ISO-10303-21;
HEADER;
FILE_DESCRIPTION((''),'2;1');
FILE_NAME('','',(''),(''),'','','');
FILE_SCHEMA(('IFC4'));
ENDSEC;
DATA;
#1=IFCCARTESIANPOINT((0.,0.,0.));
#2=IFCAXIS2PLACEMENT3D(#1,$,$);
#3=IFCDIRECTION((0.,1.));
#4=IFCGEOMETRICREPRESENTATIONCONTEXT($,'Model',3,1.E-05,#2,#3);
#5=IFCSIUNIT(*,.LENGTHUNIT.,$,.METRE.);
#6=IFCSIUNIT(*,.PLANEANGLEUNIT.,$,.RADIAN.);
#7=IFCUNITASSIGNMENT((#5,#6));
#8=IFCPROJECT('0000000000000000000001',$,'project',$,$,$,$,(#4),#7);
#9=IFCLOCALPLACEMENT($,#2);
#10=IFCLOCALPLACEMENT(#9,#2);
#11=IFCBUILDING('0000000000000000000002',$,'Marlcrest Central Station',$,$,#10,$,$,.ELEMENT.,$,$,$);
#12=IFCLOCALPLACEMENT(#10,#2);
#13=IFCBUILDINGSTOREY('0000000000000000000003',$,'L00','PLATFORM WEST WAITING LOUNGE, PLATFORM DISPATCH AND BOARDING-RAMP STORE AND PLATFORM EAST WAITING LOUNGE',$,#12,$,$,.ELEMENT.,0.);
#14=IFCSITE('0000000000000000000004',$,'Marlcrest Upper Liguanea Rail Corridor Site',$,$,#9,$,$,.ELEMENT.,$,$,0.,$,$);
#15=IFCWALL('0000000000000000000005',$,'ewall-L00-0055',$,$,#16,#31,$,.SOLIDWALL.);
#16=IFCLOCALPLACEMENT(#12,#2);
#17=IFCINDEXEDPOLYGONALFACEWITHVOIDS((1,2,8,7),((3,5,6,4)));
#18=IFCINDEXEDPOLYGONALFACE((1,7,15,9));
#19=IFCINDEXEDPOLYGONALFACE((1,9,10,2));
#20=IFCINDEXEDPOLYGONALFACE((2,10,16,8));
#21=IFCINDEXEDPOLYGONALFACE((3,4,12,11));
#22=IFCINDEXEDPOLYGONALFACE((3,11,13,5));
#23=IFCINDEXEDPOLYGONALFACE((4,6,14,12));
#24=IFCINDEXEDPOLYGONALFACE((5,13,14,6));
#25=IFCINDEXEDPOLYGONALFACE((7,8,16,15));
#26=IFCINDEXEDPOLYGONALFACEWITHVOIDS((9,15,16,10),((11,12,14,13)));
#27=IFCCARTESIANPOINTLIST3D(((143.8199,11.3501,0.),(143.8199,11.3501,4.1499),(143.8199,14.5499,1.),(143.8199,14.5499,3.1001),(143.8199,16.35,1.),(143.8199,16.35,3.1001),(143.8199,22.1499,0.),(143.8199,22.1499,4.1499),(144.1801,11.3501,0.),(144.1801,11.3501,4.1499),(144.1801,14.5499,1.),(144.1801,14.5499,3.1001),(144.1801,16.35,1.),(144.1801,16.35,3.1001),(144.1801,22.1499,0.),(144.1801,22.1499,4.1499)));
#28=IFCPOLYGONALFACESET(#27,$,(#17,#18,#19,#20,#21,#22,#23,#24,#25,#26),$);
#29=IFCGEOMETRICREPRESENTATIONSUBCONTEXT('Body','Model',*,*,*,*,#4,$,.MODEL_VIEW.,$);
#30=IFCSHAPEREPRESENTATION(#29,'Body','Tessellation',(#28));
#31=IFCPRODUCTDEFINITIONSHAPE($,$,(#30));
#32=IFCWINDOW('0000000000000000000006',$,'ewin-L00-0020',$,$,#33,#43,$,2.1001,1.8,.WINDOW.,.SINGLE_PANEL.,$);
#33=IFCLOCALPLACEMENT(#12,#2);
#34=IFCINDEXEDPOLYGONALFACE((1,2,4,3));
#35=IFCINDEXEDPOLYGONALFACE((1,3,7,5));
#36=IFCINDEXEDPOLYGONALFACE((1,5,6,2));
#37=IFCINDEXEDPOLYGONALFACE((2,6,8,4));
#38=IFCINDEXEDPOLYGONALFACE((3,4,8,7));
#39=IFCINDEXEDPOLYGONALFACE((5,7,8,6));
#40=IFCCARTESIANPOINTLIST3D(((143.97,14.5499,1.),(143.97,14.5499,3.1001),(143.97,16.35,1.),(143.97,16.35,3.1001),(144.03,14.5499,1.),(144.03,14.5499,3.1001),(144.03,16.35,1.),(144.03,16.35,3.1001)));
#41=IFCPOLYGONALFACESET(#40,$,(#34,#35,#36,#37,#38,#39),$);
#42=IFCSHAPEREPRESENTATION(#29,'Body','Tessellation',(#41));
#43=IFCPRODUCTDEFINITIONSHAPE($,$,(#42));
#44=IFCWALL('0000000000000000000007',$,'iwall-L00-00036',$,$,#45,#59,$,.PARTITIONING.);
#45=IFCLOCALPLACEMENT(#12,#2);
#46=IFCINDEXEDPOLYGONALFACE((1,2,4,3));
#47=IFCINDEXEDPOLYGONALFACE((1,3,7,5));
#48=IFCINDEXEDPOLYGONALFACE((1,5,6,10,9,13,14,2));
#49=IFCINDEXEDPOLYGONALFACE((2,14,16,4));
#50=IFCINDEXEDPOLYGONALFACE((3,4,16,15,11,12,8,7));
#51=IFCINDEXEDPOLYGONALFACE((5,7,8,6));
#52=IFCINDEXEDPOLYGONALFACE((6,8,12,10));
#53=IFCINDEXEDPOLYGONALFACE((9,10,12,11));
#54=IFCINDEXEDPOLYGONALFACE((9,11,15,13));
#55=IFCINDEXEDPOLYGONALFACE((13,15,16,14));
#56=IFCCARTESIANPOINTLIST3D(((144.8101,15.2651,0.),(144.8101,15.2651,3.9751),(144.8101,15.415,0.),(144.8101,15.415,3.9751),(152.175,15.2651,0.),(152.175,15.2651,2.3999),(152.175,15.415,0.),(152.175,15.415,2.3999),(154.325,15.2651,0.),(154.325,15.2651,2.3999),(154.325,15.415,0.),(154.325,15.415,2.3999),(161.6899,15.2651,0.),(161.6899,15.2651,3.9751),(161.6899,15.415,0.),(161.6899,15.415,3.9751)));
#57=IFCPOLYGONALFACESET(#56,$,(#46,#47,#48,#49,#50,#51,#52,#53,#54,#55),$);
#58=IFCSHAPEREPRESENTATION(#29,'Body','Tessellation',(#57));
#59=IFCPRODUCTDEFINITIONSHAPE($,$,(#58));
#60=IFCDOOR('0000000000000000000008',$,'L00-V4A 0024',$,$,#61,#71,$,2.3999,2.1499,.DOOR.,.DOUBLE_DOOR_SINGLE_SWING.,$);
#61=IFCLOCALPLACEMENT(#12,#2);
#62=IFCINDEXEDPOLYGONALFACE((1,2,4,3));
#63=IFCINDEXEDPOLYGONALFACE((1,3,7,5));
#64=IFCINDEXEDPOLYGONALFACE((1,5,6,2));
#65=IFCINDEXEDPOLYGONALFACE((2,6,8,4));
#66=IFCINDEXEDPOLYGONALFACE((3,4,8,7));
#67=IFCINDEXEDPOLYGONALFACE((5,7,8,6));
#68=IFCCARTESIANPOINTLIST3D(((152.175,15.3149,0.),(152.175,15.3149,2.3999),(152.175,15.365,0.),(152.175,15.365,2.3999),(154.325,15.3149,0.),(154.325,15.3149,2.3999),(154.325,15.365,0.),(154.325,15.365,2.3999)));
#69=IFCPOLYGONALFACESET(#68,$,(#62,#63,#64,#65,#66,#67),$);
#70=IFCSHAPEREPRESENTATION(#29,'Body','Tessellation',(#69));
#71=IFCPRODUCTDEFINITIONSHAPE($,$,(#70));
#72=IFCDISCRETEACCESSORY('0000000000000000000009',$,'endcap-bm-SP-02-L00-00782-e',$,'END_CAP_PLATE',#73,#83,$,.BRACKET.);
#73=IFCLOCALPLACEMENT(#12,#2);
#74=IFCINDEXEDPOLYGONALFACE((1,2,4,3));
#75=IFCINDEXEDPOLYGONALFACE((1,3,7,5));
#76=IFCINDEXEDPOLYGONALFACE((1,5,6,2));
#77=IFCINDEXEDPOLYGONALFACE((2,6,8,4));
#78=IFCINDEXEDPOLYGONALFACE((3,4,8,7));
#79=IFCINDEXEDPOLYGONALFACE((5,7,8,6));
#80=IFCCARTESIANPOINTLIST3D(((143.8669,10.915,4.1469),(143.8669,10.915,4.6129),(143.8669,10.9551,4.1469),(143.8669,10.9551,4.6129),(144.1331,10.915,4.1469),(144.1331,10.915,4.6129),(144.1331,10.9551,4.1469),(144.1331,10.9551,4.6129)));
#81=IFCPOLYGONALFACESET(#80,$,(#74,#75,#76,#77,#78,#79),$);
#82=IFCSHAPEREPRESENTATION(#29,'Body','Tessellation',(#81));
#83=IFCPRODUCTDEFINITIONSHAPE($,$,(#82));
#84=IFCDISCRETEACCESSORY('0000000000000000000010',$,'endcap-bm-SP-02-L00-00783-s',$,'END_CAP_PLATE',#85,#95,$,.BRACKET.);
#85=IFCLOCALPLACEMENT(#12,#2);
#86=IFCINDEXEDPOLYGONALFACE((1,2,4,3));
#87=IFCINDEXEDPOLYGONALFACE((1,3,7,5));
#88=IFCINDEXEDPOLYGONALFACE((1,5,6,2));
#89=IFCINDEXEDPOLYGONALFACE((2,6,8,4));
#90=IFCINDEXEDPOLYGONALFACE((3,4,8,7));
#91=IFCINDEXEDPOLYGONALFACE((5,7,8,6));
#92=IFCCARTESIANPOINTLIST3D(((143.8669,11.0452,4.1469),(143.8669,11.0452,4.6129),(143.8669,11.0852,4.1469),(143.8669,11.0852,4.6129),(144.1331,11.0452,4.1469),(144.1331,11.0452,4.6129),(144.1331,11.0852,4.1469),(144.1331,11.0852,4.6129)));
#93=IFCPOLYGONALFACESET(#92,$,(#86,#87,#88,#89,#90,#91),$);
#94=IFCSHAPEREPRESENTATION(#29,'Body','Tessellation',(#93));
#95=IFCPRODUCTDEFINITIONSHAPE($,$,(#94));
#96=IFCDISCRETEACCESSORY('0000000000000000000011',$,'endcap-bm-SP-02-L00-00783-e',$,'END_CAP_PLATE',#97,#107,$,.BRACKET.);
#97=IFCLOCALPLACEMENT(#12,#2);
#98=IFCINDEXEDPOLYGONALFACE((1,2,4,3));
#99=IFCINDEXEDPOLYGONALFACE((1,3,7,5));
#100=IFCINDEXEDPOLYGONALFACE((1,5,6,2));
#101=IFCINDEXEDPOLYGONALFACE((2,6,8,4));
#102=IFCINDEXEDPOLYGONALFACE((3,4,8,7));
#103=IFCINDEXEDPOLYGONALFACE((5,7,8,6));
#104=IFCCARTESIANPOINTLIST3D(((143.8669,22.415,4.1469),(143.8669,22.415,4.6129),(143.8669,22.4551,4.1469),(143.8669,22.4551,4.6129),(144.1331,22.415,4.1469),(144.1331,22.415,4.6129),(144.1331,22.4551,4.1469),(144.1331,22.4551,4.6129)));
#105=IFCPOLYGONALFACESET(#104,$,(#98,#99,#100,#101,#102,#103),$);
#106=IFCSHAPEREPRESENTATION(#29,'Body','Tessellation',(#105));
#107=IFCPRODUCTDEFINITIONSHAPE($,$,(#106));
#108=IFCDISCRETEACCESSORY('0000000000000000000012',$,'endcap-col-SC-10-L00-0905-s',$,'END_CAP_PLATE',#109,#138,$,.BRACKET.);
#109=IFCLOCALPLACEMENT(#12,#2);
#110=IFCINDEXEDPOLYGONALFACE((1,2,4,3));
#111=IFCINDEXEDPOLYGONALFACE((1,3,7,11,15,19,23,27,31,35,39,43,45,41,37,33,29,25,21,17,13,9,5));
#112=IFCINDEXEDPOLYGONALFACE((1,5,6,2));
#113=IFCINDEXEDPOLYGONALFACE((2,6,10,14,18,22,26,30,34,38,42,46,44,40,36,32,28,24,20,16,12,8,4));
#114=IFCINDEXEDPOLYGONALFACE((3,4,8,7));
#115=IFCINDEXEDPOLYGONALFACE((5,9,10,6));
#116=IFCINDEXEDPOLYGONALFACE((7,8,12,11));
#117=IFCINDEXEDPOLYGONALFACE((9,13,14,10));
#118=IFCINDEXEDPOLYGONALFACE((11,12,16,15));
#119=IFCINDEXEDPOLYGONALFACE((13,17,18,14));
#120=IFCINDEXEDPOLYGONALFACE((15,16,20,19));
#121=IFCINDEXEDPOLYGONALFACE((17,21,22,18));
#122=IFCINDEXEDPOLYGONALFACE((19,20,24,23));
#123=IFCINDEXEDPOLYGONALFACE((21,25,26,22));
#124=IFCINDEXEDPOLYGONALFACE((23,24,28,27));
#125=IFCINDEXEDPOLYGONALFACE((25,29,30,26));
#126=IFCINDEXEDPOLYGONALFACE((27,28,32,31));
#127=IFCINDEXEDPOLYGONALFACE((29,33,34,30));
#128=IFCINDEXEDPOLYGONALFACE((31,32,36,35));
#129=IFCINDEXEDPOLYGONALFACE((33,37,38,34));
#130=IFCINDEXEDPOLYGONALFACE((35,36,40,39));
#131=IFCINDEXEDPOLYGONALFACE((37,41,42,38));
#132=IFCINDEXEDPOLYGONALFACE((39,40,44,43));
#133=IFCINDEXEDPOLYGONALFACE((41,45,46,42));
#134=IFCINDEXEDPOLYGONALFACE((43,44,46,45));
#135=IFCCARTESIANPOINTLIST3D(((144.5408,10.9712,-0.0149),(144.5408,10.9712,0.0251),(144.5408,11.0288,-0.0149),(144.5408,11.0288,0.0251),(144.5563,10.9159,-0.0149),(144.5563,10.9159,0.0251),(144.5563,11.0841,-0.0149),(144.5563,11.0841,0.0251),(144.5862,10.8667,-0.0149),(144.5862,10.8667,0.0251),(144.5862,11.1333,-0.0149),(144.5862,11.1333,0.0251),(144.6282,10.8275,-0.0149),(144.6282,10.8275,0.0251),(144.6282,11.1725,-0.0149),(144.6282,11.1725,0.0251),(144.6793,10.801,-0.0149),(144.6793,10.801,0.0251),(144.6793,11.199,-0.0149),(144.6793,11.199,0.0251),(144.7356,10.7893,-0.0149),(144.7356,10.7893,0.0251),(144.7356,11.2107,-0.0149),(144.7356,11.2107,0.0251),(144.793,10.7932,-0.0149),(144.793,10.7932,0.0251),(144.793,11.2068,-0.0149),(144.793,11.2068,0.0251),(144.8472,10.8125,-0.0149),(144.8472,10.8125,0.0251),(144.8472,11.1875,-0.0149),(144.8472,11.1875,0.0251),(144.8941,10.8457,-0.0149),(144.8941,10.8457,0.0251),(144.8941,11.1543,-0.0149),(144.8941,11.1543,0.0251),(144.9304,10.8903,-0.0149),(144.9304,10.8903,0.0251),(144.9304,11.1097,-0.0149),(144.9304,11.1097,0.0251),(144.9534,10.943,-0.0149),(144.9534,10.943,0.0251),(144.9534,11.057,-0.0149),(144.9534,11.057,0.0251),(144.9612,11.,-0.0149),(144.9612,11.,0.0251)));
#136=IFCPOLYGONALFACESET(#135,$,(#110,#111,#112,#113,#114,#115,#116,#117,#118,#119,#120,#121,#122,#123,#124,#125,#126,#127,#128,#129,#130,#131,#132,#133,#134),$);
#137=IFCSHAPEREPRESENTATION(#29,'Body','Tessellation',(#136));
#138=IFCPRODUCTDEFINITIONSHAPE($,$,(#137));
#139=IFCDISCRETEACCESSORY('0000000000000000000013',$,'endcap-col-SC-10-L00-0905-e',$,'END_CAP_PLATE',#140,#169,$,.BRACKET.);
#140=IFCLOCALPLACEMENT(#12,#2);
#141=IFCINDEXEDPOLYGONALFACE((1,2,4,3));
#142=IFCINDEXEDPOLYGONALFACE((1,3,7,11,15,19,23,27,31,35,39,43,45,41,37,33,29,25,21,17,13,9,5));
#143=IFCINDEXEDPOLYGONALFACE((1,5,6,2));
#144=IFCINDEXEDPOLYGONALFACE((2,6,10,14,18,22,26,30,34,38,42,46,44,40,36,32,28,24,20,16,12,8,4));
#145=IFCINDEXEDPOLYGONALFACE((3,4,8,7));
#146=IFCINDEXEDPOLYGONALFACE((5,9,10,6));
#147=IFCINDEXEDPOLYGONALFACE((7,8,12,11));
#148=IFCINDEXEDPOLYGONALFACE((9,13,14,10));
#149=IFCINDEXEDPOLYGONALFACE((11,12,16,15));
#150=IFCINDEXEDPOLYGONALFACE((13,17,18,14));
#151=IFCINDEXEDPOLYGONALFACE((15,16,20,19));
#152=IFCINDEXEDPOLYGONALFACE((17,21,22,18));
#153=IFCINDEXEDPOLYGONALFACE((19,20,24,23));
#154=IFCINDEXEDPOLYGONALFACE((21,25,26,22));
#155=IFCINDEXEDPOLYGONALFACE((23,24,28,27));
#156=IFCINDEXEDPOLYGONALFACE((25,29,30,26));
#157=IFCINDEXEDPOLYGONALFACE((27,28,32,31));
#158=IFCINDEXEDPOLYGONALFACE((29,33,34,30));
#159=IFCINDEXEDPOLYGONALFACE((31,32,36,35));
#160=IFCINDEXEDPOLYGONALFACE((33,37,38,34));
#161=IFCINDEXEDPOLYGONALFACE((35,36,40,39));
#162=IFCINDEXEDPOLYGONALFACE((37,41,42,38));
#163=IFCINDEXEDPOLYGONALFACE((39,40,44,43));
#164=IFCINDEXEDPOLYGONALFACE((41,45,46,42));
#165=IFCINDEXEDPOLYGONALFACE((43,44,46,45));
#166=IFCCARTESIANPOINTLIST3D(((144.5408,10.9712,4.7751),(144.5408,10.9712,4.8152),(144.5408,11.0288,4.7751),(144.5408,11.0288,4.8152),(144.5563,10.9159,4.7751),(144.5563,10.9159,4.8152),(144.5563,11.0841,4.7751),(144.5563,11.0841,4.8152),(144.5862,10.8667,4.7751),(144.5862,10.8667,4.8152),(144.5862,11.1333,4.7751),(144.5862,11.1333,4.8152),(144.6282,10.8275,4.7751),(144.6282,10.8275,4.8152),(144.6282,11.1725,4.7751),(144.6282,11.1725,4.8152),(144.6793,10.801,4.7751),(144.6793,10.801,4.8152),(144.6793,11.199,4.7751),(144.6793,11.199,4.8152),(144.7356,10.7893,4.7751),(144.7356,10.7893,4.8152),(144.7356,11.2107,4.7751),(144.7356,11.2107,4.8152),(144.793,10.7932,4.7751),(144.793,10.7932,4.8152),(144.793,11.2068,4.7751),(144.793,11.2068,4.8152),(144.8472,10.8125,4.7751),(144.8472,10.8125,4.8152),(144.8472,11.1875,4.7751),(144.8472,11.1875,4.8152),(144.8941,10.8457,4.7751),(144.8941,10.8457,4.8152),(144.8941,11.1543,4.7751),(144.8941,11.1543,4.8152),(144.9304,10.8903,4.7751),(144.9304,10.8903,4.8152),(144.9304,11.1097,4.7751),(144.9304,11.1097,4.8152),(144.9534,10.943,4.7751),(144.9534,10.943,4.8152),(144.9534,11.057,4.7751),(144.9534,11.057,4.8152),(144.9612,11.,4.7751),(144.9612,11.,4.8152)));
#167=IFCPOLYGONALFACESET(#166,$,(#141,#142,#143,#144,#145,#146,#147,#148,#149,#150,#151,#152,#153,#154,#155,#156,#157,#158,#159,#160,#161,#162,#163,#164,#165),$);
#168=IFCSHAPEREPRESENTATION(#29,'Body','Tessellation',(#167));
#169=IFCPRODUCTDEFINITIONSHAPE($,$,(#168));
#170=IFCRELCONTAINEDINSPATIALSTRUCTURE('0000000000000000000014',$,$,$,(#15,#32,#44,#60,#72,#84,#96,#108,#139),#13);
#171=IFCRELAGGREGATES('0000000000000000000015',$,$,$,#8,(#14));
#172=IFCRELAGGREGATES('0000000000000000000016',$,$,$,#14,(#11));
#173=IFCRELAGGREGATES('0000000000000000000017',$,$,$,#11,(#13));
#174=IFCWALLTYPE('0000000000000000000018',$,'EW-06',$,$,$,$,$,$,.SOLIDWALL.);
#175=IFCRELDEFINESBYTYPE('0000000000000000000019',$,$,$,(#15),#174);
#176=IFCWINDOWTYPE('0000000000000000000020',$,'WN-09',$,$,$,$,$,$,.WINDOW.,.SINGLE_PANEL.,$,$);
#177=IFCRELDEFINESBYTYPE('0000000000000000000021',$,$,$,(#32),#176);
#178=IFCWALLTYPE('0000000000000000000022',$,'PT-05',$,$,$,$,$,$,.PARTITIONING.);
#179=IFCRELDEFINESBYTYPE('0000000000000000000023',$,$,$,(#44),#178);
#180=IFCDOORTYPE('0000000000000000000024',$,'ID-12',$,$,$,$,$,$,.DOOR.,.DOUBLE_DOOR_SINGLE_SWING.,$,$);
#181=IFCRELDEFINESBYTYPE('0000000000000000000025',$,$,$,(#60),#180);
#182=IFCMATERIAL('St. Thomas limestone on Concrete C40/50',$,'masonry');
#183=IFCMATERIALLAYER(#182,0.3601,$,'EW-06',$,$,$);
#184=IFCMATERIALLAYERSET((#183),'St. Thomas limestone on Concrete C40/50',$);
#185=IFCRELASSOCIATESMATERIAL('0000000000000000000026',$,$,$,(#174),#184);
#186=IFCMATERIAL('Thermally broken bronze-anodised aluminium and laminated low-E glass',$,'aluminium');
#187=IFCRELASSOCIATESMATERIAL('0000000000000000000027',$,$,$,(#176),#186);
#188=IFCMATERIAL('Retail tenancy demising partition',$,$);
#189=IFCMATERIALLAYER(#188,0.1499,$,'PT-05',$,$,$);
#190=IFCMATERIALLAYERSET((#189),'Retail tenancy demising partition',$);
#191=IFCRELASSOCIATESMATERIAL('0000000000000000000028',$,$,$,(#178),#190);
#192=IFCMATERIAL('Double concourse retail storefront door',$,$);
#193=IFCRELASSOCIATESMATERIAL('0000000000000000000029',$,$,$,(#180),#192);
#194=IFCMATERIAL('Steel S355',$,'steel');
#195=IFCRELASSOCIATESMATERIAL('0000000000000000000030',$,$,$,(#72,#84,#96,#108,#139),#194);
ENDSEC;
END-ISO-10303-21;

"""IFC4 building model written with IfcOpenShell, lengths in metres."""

from ifc_helpers import new_model, si_unit, direction, frame, frame_2d, origin, origin_2d, place, context, subcontext, project, spatial, rectangle, circle, extrude, material, layer, layer_set, type_object, element, fill, save


model = new_model("IFC4")

# Units and contexts
model_context = context("Model", 3, precision=1e-05, world=origin(), true_north=direction((0.0, 1.0)))
body_context = subcontext(model_context, "Body", "Model", "MODEL_VIEW")
ifc_project = project(units=[si_unit("LENGTHUNIT", "METRE"), si_unit("PLANEANGLEUNIT", "RADIAN")], contexts=[model_context])

# Site, building, storey
site_placement = place(None, origin())
site = spatial("IfcSite", under=ifc_project, at=site_placement, Name="Marlcrest Upper Liguanea Rail Corridor Site", CompositionType="ELEMENT", RefElevation=0.0)
building_placement = place(site_placement, origin())
building = spatial("IfcBuilding", under=site, at=building_placement, Name="Marlcrest Central Station", CompositionType="ELEMENT")
storey_placement = place(building_placement, origin())
storey = spatial("IfcBuildingStorey", under=building, at=storey_placement, Name="L00", Description="PLATFORM WEST WAITING LOUNGE, PLATFORM DISPATCH AND BOARDING-RAMP STORE AND PLATFORM EAST WAITING LOUNGE", CompositionType="ELEMENT", Elevation=0.0)

# Shared definitions
ifc_material_1 = material(Name="Steel S355", Category="steel")

# Wall, opening, window
ifc_material_2 = material(Name="St. Thomas limestone on Concrete C40/50", Category="masonry")
ifc_layer_1 = layer(ifc_material_2, 0.3601, Name="EW-06")
ifc_layer_set_1 = layer_set([ifc_layer_1], Name="St. Thomas limestone on Concrete C40/50")
wall_type_1 = type_object("IfcWallType", Name="EW-06", PredefinedType="SOLIDWALL", material=ifc_layer_set_1)
wall_1_placement = place(storey_placement, frame((144.0, 11.3501, 0.0), z_axis=(0.0, 0.0, 1.0), x_axis=(0.0, 1.0, 0.0)))
wall_1 = element("IfcWall", 1, at=wall_1_placement, inside=storey, type_object=wall_type_1, Name="ewall-L00-0055", PredefinedType="SOLIDWALL", context=body_context, shape_type="SweptSolid", body=[
    extrude(rectangle(XDim=10.7998, YDim=0.3601, at=frame_2d((5.3999, 0.0))), origin(), (0.0, 0.0, 1.0), 4.1499),
])
opening_1_placement = place(wall_1_placement, frame((3.2, 0.0, 1.0)))
opening_1 = element("IfcOpeningElement", 2, at=opening_1_placement, cuts=wall_1, PredefinedType="OPENING", context=body_context, shape_type="SweptSolid", body=[
    extrude(rectangle(XDim=1.8, YDim=2.1001, at=frame_2d((0.8999, 1.05))), frame((0.0, 0.1899, 0.0), z_axis=(0.0, -1.0, 0.0), x_axis=(1.0, 0.0, 0.0)), (0.0, 0.0, 1.0), 0.3801),
])
ifc_material_3 = material(Name="Thermally broken bronze-anodised aluminium and laminated low-E glass", Category="aluminium")
window_type = type_object("IfcWindowType", Name="WN-09", PartitioningType="SINGLE_PANEL", PredefinedType="WINDOW", material=ifc_material_3)
window_placement = place(opening_1_placement, origin())
window = element("IfcWindow", 3, at=window_placement, inside=storey, type_object=window_type, Name="ewin-L00-0020", OverallHeight=2.1001, OverallWidth=1.8, PartitioningType="SINGLE_PANEL", PredefinedType="WINDOW", context=body_context, shape_type="SweptSolid", body=[
    extrude(rectangle(XDim=1.8, YDim=2.1001, at=frame_2d((0.8999, 1.05))), frame((0.0, 0.03, 0.0), z_axis=(0.0, -1.0, 0.0), x_axis=(1.0, 0.0, 0.0)), (0.0, 0.0, 1.0), 0.0601),
])
fill(opening_1, window)

# Wall, opening, door
ifc_material_4 = material(Name="Retail tenancy demising partition")
ifc_layer_2 = layer(ifc_material_4, 0.1499, Name="PT-05")
ifc_layer_set_2 = layer_set([ifc_layer_2], Name="Retail tenancy demising partition")
wall_type_2 = type_object("IfcWallType", Name="PT-05", PredefinedType="PARTITIONING", material=ifc_layer_set_2)
wall_2_placement = place(storey_placement, frame((144.8101, 15.3401, 0.0), z_axis=(0.0, 0.0, 1.0), x_axis=(1.0, 0.0, 0.0)))
wall_2 = element("IfcWall", 4, at=wall_2_placement, inside=storey, type_object=wall_type_2, Name="iwall-L00-00036", PredefinedType="PARTITIONING", context=body_context, shape_type="SweptSolid", body=[
    extrude(rectangle(XDim=16.8799, YDim=0.1499, at=frame_2d((8.4399, 0.0))), origin(), (0.0, 0.0, 1.0), 3.9751),
])
opening_2_placement = place(wall_2_placement, frame((7.365, 0.0, 0.0)))
opening_2 = element("IfcOpeningElement", 5, at=opening_2_placement, cuts=wall_2, PredefinedType="OPENING", context=body_context, shape_type="SweptSolid", body=[
    extrude(rectangle(XDim=2.1499, YDim=2.3999, at=frame_2d((1.075, 1.2))), frame((0.0, 0.085, 0.0), z_axis=(0.0, -1.0, 0.0), x_axis=(1.0, 0.0, 0.0)), (0.0, 0.0, 1.0), 0.1699),
])
ifc_material_5 = material(Name="Double concourse retail storefront door")
door_type = type_object("IfcDoorType", Name="ID-12", OperationType="DOUBLE_DOOR_SINGLE_SWING", PredefinedType="DOOR", material=ifc_material_5)
door_placement = place(opening_2_placement, origin())
door = element("IfcDoor", 6, at=door_placement, inside=storey, type_object=door_type, Name="L00-V4A 0024", OperationType="DOUBLE_DOOR_SINGLE_SWING", OverallHeight=2.3999, OverallWidth=2.1499, PredefinedType="DOOR", context=body_context, shape_type="SweptSolid", body=[
    extrude(rectangle(XDim=2.1499, YDim=2.3999, at=frame_2d((1.075, 1.2))), frame((0.0, 0.0249, 0.0), z_axis=(0.0, -1.0, 0.0), x_axis=(1.0, 0.0, 0.0)), (0.0, 0.0, 1.0), 0.05),
])
fill(opening_2, door)

# Discrete accessories
for number, where, z_axis, x_axis, name in (
    (7, (144.0, 10.915, 4.3799), (0.0, 1.0, 0.0), (-1.0, 0.0, 0.0), "endcap-bm-SP-02-L00-00782-e"),
    (8, (144.0, 11.0452, 4.3799), (0.0, 1.0, 0.0), (-1.0, 0.0, 0.0), "endcap-bm-SP-02-L00-00783-s"),
    (9, (144.0, 22.415, 4.3799), (0.0, 1.0, 0.0), (-1.0, 0.0, 0.0), "endcap-bm-SP-02-L00-00783-e"),
):
    element("IfcDiscreteAccessory", number, at=place(storey_placement, frame(where, z_axis=z_axis, x_axis=x_axis)), inside=storey, material=ifc_material_1, Name=name, ObjectType="END_CAP_PLATE", PredefinedType="BRACKET", context=body_context, shape_type="SweptSolid", body=[
        extrude(rectangle(XDim=0.2661, YDim=0.4661, at=origin_2d()), origin(), (0.0, 0.0, 1.0), 0.04),
    ])
for number, where, z_axis, x_axis, name in (
    (10, (144.75, 11.0, -0.0149), (0.0, 0.0, 1.0), (1.0, 0.0, 0.0), "endcap-col-SC-10-L00-0905-s"),
    (11, (144.75, 11.0, 4.7751), (0.0, 0.0, 1.0), (1.0, 0.0, 0.0), "endcap-col-SC-10-L00-0905-e"),
):
    element("IfcDiscreteAccessory", number, at=place(storey_placement, frame(where, z_axis=z_axis, x_axis=x_axis)), inside=storey, material=ifc_material_1, Name=name, ObjectType="END_CAP_PLATE", PredefinedType="BRACKET", context=body_context, shape_type="SweptSolid", body=[
        extrude(circle(Radius=0.2112, at=origin_2d()), origin(), (0.0, 0.0, 1.0), 0.04),
    ])

save(model, "model.ifc")
